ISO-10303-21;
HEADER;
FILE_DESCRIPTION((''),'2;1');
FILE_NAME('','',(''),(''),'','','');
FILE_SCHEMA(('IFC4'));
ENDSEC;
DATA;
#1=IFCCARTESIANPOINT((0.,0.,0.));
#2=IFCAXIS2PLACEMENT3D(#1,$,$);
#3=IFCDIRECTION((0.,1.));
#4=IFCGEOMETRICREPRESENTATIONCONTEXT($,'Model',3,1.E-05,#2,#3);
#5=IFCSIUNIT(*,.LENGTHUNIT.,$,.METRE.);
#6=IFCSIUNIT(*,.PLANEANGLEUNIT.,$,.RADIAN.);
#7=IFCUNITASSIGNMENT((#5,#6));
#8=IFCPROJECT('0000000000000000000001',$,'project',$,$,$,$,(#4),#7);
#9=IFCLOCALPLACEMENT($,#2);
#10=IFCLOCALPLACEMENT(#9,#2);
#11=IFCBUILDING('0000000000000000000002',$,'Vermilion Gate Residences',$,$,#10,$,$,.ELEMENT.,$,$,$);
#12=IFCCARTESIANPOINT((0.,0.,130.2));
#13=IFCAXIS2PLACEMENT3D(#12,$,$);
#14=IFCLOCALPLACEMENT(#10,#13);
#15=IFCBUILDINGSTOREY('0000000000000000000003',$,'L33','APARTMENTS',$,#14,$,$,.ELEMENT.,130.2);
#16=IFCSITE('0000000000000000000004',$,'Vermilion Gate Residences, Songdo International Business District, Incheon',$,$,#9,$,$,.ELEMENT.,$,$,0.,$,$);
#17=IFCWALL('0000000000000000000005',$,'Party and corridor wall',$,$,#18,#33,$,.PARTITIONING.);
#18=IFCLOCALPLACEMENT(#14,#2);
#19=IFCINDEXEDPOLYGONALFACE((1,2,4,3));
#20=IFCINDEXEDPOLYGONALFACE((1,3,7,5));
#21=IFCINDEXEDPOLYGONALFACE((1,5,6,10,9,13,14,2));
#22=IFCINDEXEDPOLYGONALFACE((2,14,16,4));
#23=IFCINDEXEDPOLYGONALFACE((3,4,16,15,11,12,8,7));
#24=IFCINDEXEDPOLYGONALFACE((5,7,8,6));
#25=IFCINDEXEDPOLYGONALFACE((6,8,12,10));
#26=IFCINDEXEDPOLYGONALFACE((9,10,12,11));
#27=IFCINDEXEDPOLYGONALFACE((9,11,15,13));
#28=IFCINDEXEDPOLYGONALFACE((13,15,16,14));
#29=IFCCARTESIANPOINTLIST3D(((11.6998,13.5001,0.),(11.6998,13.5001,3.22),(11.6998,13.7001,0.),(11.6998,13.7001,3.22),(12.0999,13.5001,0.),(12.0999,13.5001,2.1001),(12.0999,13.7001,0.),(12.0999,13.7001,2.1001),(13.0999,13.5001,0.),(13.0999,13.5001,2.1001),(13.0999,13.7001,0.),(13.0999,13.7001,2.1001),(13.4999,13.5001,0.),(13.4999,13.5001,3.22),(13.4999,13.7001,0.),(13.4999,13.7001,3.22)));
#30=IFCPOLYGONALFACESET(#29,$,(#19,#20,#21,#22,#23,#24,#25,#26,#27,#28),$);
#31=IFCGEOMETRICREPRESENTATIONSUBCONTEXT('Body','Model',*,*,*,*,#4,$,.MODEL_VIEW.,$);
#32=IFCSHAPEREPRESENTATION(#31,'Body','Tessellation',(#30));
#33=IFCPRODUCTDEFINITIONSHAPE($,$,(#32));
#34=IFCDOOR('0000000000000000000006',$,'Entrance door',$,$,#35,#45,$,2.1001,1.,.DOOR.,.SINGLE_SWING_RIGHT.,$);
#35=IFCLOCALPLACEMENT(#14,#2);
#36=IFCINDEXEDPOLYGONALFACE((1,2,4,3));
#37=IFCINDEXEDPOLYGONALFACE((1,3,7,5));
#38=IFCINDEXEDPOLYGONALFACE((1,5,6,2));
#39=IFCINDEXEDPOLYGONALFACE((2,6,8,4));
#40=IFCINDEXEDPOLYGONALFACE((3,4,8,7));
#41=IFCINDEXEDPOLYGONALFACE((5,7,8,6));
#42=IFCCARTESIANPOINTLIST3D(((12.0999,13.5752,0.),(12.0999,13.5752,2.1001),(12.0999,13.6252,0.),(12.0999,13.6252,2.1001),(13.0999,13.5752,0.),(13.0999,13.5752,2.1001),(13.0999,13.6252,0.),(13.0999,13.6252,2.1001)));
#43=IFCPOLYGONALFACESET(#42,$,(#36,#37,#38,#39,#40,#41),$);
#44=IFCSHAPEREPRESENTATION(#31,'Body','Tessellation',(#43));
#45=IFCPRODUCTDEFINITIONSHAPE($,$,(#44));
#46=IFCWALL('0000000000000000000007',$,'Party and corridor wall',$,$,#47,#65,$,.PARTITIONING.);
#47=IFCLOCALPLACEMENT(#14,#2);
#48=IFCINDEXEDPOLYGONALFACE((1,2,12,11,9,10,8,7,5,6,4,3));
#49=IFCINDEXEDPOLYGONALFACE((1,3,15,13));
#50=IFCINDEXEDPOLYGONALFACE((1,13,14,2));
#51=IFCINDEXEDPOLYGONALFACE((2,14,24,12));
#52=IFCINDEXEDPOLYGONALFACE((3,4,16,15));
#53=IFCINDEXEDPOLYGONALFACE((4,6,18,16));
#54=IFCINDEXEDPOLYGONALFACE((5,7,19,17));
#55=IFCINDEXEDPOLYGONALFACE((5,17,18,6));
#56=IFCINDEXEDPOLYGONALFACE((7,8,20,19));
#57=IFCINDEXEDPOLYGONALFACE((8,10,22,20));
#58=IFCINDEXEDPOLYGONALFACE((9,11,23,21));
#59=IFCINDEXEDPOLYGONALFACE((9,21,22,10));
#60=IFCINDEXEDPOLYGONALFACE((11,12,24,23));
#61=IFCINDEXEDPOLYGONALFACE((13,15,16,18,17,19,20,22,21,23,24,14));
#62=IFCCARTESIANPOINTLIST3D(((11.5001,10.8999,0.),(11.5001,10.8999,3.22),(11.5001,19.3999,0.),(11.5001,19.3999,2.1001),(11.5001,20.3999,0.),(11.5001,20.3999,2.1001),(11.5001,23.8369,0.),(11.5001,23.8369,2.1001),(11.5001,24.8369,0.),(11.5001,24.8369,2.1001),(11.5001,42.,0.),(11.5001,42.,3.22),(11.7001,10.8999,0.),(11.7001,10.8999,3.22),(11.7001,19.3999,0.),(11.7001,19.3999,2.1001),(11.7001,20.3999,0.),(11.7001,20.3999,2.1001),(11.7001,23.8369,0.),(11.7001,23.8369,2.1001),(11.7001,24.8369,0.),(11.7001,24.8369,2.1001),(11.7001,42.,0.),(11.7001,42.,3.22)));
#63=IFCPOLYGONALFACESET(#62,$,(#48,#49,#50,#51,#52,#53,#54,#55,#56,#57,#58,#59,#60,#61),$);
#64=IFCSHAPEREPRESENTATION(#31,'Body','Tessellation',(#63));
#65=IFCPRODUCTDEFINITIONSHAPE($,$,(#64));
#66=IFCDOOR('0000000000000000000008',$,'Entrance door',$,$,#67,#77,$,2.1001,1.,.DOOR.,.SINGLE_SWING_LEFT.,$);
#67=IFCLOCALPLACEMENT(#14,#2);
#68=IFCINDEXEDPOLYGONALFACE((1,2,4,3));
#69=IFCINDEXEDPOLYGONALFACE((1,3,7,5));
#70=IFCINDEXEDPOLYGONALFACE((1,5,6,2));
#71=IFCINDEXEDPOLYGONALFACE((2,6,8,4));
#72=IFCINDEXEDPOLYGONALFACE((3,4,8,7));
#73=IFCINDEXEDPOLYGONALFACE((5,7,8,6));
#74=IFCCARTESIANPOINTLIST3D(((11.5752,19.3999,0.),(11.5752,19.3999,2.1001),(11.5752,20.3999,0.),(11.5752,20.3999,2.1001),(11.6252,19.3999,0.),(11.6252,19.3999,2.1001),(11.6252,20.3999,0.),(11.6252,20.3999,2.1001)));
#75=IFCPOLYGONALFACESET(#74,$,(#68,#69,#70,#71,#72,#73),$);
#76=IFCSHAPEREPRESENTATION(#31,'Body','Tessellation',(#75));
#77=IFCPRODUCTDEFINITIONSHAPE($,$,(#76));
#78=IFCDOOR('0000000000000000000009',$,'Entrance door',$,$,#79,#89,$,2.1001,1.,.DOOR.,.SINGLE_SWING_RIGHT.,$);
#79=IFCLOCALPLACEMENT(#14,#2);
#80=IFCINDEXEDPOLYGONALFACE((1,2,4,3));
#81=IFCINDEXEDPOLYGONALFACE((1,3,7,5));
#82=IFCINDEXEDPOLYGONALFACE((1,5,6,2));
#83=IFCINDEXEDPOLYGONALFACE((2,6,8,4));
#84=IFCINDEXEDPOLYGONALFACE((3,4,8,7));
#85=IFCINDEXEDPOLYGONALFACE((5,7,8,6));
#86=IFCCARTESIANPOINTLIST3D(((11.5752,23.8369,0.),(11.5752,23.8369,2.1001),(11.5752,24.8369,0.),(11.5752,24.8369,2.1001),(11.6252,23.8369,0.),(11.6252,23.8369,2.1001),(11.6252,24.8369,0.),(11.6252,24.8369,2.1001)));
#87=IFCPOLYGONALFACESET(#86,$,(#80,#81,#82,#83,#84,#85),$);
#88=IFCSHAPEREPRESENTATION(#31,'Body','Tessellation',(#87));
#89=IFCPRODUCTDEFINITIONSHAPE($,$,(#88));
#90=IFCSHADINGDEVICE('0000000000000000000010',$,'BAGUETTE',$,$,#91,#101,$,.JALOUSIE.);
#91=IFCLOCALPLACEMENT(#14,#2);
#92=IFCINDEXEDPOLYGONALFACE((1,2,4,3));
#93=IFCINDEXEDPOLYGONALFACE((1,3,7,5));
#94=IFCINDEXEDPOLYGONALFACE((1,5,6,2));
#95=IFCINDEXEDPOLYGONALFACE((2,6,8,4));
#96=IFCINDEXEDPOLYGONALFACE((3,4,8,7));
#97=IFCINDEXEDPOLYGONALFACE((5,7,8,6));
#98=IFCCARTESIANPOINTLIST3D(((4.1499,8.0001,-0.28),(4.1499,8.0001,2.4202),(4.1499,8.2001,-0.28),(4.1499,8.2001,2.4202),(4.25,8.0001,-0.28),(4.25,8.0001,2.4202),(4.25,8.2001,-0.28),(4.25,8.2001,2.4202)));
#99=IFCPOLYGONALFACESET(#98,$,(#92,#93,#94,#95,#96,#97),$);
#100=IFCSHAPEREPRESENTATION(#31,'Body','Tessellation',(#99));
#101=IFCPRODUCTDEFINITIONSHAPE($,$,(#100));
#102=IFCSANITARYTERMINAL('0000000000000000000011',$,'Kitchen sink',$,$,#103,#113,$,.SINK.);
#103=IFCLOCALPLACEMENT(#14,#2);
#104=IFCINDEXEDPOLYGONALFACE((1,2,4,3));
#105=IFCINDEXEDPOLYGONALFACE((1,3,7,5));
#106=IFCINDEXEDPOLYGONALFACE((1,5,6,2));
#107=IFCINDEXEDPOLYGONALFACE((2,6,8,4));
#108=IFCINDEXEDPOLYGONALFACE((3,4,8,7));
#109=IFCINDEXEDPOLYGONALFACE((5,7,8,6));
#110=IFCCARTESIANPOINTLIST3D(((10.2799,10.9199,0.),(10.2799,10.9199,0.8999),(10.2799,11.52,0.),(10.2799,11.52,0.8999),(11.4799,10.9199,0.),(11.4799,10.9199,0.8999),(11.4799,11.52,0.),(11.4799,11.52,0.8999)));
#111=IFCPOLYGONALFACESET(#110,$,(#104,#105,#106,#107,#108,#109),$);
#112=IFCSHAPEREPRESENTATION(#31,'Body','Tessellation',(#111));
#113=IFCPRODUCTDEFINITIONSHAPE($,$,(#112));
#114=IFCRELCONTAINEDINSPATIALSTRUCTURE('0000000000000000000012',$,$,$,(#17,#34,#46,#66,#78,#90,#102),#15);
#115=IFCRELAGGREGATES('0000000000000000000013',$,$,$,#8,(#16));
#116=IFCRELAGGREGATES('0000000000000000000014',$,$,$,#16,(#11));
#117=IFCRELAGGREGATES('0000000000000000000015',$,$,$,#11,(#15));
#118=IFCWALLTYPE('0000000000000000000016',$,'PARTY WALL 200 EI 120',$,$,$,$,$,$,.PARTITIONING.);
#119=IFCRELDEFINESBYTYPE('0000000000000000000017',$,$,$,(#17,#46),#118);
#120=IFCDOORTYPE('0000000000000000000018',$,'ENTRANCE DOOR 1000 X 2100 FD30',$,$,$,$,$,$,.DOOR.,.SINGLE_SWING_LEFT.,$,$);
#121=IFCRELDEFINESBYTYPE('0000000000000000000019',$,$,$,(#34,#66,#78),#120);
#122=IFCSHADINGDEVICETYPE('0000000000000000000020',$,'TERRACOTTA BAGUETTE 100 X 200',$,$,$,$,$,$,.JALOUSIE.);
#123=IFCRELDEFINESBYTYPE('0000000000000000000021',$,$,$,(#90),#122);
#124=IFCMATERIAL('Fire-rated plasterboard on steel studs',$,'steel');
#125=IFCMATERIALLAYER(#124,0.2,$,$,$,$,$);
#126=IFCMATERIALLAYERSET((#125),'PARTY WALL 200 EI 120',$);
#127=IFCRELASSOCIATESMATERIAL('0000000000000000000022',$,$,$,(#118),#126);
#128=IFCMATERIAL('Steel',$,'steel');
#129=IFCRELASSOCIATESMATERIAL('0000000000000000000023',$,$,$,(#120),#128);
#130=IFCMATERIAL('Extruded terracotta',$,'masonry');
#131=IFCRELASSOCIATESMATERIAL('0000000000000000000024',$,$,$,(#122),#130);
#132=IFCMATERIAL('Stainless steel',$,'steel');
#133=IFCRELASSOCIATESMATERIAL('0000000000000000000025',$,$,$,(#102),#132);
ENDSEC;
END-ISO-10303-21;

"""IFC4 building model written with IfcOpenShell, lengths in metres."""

from ifc_helpers import new_model, si_unit, direction, frame, frame_2d, origin, origin_2d, place, context, subcontext, project, spatial, rectangle, extrude, material, layer, layer_set, material_profile, profile_set, type_object, element, fill, save


model = new_model("IFC4")

# Units and contexts
model_context = context("Model", 3, precision=1e-05, world=origin(), true_north=direction((0.0, 1.0)))
body_context = subcontext(model_context, "Body", "Model", "MODEL_VIEW")
ifc_project = project(units=[si_unit("LENGTHUNIT", "METRE"), si_unit("PLANEANGLEUNIT", "RADIAN")], contexts=[model_context])

# Site, building, storey
site_placement = place(None, origin())
site = spatial("IfcSite", under=ifc_project, at=site_placement, Name="Vermilion Gate Residences, Songdo International Business District, Incheon", CompositionType="ELEMENT", RefElevation=0.0)
building_placement = place(site_placement, origin())
building = spatial("IfcBuilding", under=site, at=building_placement, Name="Vermilion Gate Residences", CompositionType="ELEMENT")
storey_placement = place(building_placement, frame((0.0, 0.0, 130.2)))
storey = spatial("IfcBuildingStorey", under=building, at=storey_placement, Name="L33", Description="APARTMENTS", CompositionType="ELEMENT", Elevation=130.2)

# Wall, opening, door
ifc_material_1 = material(Name="Fire-rated plasterboard on steel studs", Category="steel")
ifc_layer_1 = layer(ifc_material_1, 0.2)
ifc_layer_set_1 = layer_set([ifc_layer_1], Name="PARTY WALL 200 EI 120")
wall_type_1 = type_object("IfcWallType", Name="PARTY WALL 200 EI 120", PredefinedType="PARTITIONING", material=ifc_layer_set_1)
wall_1_placement = place(storey_placement, frame((11.7, 13.6001, 0.0), z_axis=(0.0, 0.0, 1.0), x_axis=(1.0, 0.0, 0.0)))
wall_1 = element("IfcWall", 1, at=wall_1_placement, inside=storey, type_object=wall_type_1, Name="Party and corridor wall", PredefinedType="PARTITIONING", context=body_context, shape_type="SweptSolid", body=[
    extrude(rectangle(XDim=1.8, YDim=0.2, at=frame_2d((0.8999, 0.0))), origin(), (0.0, 0.0, 1.0), 3.22),
])
opening_1_placement = place(wall_1_placement, frame((0.3999, 0.0, 0.0)))
opening_1 = element("IfcOpeningElement", 2, at=opening_1_placement, cuts=wall_1, PredefinedType="OPENING", context=body_context, shape_type="SweptSolid", body=[
    extrude(rectangle(XDim=1.0, YDim=2.1001, at=frame_2d((0.5, 1.05))), frame((0.0, 0.1099, 0.0), z_axis=(0.0, -1.0, 0.0), x_axis=(1.0, 0.0, 0.0)), (0.0, 0.0, 1.0), 0.22),
])
ifc_material_2 = material(Name="Steel", Category="steel")
door_type_1 = type_object("IfcDoorType", Name="ENTRANCE DOOR 1000 X 2100 FD30", OperationType="SINGLE_SWING_LEFT", PredefinedType="DOOR", material=ifc_material_2)
door_1_placement = place(opening_1_placement, frame((1.0, 0.0, 0.0), z_axis=(0.0, 0.0, 1.0), x_axis=(-1.0, 0.0, 0.0)))
door_1 = element("IfcDoor", 3, at=door_1_placement, inside=storey, type_object=door_type_1, Name="Entrance door", OperationType="SINGLE_SWING_RIGHT", OverallHeight=2.1001, OverallWidth=1.0, PredefinedType="DOOR", context=body_context, shape_type="SweptSolid", body=[
    extrude(rectangle(XDim=1.0, YDim=2.1001, at=frame_2d((0.5, 1.05))), frame((0.0, 0.0249, 0.0), z_axis=(0.0, -1.0, 0.0), x_axis=(1.0, 0.0, 0.0)), (0.0, 0.0, 1.0), 0.05),
])
fill(opening_1, door_1)

# Wall, openings, doors
wall_2_placement = place(storey_placement, frame((11.6001, 10.8999, 0.0), z_axis=(0.0, 0.0, 1.0), x_axis=(0.0, 1.0, 0.0)))
wall_2 = element("IfcWall", 4, at=wall_2_placement, inside=storey, type_object=wall_type_1, Name="Party and corridor wall", PredefinedType="PARTITIONING", context=body_context, shape_type="SweptSolid", body=[
    extrude(rectangle(XDim=31.1001, YDim=0.2, at=frame_2d((15.55, 0.0))), origin(), (0.0, 0.0, 1.0), 3.22),
])
opening_2_placement = place(wall_2_placement, frame((8.5, 0.0, 0.0)))
opening_2 = element("IfcOpeningElement", 5, at=opening_2_placement, cuts=wall_2, PredefinedType="OPENING", context=body_context, shape_type="SweptSolid", body=[
    extrude(rectangle(XDim=1.0, YDim=2.1001, at=frame_2d((0.5, 1.05))), frame((0.0, 0.1099, 0.0), z_axis=(0.0, -1.0, 0.0), x_axis=(1.0, 0.0, 0.0)), (0.0, 0.0, 1.0), 0.22),
])
opening_3_placement = place(wall_2_placement, frame((12.937, 0.0, 0.0)))
opening_3 = element("IfcOpeningElement", 6, at=opening_3_placement, cuts=wall_2, PredefinedType="OPENING", context=body_context, shape_type="SweptSolid", body=[
    extrude(rectangle(XDim=1.0, YDim=2.1001, at=frame_2d((0.5, 1.05))), frame((0.0, 0.1099, 0.0), z_axis=(0.0, -1.0, 0.0), x_axis=(1.0, 0.0, 0.0)), (0.0, 0.0, 1.0), 0.22),
])
door_2_placement = place(opening_2_placement, origin())
door_2 = element("IfcDoor", 7, at=door_2_placement, inside=storey, type_object=door_type_1, Name="Entrance door", OperationType="SINGLE_SWING_LEFT", OverallHeight=2.1001, OverallWidth=1.0, PredefinedType="DOOR", context=body_context, shape_type="SweptSolid", body=[
    extrude(rectangle(XDim=1.0, YDim=2.1001, at=frame_2d((0.5, 1.05))), frame((0.0, 0.0249, 0.0), z_axis=(0.0, -1.0, 0.0), x_axis=(1.0, 0.0, 0.0)), (0.0, 0.0, 1.0), 0.05),
])
fill(opening_2, door_2)
door_3_placement = place(opening_3_placement, origin())
door_3 = element("IfcDoor", 8, at=door_3_placement, inside=storey, type_object=door_type_1, Name="Entrance door", OperationType="SINGLE_SWING_RIGHT", OverallHeight=2.1001, OverallWidth=1.0, PredefinedType="DOOR", context=body_context, shape_type="SweptSolid", body=[
    extrude(rectangle(XDim=1.0, YDim=2.1001, at=frame_2d((0.5, 1.05))), frame((0.0, 0.0249, 0.0), z_axis=(0.0, -1.0, 0.0), x_axis=(1.0, 0.0, 0.0)), (0.0, 0.0, 1.0), 0.05),
])
fill(opening_3, door_3)

# Shading device
ifc_material_3 = material(Name="Extruded terracotta", Category="masonry")
ifc_material_profile_1 = material_profile(ifc_material_3, rectangle(XDim=0.2, YDim=0.1001, at=origin_2d()), Name="BAGUETTE 100 X 200")
ifc_profile_set_1 = profile_set([ifc_material_profile_1], Name="Extruded terracotta")
shading_device_type = type_object("IfcShadingDeviceType", Name="TERRACOTTA BAGUETTE 100 X 200", PredefinedType="JALOUSIE", material=ifc_profile_set_1)
shading_device_placement = place(storey_placement, frame((4.2, 8.1001, -0.28), z_axis=(0.0, 0.0, 1.0), x_axis=(0.0, 1.0, 0.0)))
element("IfcShadingDevice", 9, at=shading_device_placement, inside=storey, type_object=shading_device_type, Name="BAGUETTE", PredefinedType="JALOUSIE", context=body_context, shape_type="SweptSolid", body=[
    extrude(rectangle(XDim=0.2, YDim=0.1001, at=origin_2d()), origin(), (0.0, 0.0, 1.0), 2.7002),
])

# Sanitary terminal
ifc_material_4 = material(Name="Stainless steel", Category="steel")
sanitary_terminal_placement = place(storey_placement, frame((10.8799, 11.22, 0.0), z_axis=(0.0, 0.0, 1.0), x_axis=(1.0, 0.0, 0.0)))
element("IfcSanitaryTerminal", 10, at=sanitary_terminal_placement, inside=storey, material=ifc_material_4, Name="Kitchen sink", PredefinedType="SINK", context=body_context, shape_type="SweptSolid", body=[
    extrude(rectangle(XDim=1.2, YDim=0.6001, at=origin_2d()), origin(), (0.0, 0.0, 1.0), 0.8999),
])

save(model, "model.ifc")
